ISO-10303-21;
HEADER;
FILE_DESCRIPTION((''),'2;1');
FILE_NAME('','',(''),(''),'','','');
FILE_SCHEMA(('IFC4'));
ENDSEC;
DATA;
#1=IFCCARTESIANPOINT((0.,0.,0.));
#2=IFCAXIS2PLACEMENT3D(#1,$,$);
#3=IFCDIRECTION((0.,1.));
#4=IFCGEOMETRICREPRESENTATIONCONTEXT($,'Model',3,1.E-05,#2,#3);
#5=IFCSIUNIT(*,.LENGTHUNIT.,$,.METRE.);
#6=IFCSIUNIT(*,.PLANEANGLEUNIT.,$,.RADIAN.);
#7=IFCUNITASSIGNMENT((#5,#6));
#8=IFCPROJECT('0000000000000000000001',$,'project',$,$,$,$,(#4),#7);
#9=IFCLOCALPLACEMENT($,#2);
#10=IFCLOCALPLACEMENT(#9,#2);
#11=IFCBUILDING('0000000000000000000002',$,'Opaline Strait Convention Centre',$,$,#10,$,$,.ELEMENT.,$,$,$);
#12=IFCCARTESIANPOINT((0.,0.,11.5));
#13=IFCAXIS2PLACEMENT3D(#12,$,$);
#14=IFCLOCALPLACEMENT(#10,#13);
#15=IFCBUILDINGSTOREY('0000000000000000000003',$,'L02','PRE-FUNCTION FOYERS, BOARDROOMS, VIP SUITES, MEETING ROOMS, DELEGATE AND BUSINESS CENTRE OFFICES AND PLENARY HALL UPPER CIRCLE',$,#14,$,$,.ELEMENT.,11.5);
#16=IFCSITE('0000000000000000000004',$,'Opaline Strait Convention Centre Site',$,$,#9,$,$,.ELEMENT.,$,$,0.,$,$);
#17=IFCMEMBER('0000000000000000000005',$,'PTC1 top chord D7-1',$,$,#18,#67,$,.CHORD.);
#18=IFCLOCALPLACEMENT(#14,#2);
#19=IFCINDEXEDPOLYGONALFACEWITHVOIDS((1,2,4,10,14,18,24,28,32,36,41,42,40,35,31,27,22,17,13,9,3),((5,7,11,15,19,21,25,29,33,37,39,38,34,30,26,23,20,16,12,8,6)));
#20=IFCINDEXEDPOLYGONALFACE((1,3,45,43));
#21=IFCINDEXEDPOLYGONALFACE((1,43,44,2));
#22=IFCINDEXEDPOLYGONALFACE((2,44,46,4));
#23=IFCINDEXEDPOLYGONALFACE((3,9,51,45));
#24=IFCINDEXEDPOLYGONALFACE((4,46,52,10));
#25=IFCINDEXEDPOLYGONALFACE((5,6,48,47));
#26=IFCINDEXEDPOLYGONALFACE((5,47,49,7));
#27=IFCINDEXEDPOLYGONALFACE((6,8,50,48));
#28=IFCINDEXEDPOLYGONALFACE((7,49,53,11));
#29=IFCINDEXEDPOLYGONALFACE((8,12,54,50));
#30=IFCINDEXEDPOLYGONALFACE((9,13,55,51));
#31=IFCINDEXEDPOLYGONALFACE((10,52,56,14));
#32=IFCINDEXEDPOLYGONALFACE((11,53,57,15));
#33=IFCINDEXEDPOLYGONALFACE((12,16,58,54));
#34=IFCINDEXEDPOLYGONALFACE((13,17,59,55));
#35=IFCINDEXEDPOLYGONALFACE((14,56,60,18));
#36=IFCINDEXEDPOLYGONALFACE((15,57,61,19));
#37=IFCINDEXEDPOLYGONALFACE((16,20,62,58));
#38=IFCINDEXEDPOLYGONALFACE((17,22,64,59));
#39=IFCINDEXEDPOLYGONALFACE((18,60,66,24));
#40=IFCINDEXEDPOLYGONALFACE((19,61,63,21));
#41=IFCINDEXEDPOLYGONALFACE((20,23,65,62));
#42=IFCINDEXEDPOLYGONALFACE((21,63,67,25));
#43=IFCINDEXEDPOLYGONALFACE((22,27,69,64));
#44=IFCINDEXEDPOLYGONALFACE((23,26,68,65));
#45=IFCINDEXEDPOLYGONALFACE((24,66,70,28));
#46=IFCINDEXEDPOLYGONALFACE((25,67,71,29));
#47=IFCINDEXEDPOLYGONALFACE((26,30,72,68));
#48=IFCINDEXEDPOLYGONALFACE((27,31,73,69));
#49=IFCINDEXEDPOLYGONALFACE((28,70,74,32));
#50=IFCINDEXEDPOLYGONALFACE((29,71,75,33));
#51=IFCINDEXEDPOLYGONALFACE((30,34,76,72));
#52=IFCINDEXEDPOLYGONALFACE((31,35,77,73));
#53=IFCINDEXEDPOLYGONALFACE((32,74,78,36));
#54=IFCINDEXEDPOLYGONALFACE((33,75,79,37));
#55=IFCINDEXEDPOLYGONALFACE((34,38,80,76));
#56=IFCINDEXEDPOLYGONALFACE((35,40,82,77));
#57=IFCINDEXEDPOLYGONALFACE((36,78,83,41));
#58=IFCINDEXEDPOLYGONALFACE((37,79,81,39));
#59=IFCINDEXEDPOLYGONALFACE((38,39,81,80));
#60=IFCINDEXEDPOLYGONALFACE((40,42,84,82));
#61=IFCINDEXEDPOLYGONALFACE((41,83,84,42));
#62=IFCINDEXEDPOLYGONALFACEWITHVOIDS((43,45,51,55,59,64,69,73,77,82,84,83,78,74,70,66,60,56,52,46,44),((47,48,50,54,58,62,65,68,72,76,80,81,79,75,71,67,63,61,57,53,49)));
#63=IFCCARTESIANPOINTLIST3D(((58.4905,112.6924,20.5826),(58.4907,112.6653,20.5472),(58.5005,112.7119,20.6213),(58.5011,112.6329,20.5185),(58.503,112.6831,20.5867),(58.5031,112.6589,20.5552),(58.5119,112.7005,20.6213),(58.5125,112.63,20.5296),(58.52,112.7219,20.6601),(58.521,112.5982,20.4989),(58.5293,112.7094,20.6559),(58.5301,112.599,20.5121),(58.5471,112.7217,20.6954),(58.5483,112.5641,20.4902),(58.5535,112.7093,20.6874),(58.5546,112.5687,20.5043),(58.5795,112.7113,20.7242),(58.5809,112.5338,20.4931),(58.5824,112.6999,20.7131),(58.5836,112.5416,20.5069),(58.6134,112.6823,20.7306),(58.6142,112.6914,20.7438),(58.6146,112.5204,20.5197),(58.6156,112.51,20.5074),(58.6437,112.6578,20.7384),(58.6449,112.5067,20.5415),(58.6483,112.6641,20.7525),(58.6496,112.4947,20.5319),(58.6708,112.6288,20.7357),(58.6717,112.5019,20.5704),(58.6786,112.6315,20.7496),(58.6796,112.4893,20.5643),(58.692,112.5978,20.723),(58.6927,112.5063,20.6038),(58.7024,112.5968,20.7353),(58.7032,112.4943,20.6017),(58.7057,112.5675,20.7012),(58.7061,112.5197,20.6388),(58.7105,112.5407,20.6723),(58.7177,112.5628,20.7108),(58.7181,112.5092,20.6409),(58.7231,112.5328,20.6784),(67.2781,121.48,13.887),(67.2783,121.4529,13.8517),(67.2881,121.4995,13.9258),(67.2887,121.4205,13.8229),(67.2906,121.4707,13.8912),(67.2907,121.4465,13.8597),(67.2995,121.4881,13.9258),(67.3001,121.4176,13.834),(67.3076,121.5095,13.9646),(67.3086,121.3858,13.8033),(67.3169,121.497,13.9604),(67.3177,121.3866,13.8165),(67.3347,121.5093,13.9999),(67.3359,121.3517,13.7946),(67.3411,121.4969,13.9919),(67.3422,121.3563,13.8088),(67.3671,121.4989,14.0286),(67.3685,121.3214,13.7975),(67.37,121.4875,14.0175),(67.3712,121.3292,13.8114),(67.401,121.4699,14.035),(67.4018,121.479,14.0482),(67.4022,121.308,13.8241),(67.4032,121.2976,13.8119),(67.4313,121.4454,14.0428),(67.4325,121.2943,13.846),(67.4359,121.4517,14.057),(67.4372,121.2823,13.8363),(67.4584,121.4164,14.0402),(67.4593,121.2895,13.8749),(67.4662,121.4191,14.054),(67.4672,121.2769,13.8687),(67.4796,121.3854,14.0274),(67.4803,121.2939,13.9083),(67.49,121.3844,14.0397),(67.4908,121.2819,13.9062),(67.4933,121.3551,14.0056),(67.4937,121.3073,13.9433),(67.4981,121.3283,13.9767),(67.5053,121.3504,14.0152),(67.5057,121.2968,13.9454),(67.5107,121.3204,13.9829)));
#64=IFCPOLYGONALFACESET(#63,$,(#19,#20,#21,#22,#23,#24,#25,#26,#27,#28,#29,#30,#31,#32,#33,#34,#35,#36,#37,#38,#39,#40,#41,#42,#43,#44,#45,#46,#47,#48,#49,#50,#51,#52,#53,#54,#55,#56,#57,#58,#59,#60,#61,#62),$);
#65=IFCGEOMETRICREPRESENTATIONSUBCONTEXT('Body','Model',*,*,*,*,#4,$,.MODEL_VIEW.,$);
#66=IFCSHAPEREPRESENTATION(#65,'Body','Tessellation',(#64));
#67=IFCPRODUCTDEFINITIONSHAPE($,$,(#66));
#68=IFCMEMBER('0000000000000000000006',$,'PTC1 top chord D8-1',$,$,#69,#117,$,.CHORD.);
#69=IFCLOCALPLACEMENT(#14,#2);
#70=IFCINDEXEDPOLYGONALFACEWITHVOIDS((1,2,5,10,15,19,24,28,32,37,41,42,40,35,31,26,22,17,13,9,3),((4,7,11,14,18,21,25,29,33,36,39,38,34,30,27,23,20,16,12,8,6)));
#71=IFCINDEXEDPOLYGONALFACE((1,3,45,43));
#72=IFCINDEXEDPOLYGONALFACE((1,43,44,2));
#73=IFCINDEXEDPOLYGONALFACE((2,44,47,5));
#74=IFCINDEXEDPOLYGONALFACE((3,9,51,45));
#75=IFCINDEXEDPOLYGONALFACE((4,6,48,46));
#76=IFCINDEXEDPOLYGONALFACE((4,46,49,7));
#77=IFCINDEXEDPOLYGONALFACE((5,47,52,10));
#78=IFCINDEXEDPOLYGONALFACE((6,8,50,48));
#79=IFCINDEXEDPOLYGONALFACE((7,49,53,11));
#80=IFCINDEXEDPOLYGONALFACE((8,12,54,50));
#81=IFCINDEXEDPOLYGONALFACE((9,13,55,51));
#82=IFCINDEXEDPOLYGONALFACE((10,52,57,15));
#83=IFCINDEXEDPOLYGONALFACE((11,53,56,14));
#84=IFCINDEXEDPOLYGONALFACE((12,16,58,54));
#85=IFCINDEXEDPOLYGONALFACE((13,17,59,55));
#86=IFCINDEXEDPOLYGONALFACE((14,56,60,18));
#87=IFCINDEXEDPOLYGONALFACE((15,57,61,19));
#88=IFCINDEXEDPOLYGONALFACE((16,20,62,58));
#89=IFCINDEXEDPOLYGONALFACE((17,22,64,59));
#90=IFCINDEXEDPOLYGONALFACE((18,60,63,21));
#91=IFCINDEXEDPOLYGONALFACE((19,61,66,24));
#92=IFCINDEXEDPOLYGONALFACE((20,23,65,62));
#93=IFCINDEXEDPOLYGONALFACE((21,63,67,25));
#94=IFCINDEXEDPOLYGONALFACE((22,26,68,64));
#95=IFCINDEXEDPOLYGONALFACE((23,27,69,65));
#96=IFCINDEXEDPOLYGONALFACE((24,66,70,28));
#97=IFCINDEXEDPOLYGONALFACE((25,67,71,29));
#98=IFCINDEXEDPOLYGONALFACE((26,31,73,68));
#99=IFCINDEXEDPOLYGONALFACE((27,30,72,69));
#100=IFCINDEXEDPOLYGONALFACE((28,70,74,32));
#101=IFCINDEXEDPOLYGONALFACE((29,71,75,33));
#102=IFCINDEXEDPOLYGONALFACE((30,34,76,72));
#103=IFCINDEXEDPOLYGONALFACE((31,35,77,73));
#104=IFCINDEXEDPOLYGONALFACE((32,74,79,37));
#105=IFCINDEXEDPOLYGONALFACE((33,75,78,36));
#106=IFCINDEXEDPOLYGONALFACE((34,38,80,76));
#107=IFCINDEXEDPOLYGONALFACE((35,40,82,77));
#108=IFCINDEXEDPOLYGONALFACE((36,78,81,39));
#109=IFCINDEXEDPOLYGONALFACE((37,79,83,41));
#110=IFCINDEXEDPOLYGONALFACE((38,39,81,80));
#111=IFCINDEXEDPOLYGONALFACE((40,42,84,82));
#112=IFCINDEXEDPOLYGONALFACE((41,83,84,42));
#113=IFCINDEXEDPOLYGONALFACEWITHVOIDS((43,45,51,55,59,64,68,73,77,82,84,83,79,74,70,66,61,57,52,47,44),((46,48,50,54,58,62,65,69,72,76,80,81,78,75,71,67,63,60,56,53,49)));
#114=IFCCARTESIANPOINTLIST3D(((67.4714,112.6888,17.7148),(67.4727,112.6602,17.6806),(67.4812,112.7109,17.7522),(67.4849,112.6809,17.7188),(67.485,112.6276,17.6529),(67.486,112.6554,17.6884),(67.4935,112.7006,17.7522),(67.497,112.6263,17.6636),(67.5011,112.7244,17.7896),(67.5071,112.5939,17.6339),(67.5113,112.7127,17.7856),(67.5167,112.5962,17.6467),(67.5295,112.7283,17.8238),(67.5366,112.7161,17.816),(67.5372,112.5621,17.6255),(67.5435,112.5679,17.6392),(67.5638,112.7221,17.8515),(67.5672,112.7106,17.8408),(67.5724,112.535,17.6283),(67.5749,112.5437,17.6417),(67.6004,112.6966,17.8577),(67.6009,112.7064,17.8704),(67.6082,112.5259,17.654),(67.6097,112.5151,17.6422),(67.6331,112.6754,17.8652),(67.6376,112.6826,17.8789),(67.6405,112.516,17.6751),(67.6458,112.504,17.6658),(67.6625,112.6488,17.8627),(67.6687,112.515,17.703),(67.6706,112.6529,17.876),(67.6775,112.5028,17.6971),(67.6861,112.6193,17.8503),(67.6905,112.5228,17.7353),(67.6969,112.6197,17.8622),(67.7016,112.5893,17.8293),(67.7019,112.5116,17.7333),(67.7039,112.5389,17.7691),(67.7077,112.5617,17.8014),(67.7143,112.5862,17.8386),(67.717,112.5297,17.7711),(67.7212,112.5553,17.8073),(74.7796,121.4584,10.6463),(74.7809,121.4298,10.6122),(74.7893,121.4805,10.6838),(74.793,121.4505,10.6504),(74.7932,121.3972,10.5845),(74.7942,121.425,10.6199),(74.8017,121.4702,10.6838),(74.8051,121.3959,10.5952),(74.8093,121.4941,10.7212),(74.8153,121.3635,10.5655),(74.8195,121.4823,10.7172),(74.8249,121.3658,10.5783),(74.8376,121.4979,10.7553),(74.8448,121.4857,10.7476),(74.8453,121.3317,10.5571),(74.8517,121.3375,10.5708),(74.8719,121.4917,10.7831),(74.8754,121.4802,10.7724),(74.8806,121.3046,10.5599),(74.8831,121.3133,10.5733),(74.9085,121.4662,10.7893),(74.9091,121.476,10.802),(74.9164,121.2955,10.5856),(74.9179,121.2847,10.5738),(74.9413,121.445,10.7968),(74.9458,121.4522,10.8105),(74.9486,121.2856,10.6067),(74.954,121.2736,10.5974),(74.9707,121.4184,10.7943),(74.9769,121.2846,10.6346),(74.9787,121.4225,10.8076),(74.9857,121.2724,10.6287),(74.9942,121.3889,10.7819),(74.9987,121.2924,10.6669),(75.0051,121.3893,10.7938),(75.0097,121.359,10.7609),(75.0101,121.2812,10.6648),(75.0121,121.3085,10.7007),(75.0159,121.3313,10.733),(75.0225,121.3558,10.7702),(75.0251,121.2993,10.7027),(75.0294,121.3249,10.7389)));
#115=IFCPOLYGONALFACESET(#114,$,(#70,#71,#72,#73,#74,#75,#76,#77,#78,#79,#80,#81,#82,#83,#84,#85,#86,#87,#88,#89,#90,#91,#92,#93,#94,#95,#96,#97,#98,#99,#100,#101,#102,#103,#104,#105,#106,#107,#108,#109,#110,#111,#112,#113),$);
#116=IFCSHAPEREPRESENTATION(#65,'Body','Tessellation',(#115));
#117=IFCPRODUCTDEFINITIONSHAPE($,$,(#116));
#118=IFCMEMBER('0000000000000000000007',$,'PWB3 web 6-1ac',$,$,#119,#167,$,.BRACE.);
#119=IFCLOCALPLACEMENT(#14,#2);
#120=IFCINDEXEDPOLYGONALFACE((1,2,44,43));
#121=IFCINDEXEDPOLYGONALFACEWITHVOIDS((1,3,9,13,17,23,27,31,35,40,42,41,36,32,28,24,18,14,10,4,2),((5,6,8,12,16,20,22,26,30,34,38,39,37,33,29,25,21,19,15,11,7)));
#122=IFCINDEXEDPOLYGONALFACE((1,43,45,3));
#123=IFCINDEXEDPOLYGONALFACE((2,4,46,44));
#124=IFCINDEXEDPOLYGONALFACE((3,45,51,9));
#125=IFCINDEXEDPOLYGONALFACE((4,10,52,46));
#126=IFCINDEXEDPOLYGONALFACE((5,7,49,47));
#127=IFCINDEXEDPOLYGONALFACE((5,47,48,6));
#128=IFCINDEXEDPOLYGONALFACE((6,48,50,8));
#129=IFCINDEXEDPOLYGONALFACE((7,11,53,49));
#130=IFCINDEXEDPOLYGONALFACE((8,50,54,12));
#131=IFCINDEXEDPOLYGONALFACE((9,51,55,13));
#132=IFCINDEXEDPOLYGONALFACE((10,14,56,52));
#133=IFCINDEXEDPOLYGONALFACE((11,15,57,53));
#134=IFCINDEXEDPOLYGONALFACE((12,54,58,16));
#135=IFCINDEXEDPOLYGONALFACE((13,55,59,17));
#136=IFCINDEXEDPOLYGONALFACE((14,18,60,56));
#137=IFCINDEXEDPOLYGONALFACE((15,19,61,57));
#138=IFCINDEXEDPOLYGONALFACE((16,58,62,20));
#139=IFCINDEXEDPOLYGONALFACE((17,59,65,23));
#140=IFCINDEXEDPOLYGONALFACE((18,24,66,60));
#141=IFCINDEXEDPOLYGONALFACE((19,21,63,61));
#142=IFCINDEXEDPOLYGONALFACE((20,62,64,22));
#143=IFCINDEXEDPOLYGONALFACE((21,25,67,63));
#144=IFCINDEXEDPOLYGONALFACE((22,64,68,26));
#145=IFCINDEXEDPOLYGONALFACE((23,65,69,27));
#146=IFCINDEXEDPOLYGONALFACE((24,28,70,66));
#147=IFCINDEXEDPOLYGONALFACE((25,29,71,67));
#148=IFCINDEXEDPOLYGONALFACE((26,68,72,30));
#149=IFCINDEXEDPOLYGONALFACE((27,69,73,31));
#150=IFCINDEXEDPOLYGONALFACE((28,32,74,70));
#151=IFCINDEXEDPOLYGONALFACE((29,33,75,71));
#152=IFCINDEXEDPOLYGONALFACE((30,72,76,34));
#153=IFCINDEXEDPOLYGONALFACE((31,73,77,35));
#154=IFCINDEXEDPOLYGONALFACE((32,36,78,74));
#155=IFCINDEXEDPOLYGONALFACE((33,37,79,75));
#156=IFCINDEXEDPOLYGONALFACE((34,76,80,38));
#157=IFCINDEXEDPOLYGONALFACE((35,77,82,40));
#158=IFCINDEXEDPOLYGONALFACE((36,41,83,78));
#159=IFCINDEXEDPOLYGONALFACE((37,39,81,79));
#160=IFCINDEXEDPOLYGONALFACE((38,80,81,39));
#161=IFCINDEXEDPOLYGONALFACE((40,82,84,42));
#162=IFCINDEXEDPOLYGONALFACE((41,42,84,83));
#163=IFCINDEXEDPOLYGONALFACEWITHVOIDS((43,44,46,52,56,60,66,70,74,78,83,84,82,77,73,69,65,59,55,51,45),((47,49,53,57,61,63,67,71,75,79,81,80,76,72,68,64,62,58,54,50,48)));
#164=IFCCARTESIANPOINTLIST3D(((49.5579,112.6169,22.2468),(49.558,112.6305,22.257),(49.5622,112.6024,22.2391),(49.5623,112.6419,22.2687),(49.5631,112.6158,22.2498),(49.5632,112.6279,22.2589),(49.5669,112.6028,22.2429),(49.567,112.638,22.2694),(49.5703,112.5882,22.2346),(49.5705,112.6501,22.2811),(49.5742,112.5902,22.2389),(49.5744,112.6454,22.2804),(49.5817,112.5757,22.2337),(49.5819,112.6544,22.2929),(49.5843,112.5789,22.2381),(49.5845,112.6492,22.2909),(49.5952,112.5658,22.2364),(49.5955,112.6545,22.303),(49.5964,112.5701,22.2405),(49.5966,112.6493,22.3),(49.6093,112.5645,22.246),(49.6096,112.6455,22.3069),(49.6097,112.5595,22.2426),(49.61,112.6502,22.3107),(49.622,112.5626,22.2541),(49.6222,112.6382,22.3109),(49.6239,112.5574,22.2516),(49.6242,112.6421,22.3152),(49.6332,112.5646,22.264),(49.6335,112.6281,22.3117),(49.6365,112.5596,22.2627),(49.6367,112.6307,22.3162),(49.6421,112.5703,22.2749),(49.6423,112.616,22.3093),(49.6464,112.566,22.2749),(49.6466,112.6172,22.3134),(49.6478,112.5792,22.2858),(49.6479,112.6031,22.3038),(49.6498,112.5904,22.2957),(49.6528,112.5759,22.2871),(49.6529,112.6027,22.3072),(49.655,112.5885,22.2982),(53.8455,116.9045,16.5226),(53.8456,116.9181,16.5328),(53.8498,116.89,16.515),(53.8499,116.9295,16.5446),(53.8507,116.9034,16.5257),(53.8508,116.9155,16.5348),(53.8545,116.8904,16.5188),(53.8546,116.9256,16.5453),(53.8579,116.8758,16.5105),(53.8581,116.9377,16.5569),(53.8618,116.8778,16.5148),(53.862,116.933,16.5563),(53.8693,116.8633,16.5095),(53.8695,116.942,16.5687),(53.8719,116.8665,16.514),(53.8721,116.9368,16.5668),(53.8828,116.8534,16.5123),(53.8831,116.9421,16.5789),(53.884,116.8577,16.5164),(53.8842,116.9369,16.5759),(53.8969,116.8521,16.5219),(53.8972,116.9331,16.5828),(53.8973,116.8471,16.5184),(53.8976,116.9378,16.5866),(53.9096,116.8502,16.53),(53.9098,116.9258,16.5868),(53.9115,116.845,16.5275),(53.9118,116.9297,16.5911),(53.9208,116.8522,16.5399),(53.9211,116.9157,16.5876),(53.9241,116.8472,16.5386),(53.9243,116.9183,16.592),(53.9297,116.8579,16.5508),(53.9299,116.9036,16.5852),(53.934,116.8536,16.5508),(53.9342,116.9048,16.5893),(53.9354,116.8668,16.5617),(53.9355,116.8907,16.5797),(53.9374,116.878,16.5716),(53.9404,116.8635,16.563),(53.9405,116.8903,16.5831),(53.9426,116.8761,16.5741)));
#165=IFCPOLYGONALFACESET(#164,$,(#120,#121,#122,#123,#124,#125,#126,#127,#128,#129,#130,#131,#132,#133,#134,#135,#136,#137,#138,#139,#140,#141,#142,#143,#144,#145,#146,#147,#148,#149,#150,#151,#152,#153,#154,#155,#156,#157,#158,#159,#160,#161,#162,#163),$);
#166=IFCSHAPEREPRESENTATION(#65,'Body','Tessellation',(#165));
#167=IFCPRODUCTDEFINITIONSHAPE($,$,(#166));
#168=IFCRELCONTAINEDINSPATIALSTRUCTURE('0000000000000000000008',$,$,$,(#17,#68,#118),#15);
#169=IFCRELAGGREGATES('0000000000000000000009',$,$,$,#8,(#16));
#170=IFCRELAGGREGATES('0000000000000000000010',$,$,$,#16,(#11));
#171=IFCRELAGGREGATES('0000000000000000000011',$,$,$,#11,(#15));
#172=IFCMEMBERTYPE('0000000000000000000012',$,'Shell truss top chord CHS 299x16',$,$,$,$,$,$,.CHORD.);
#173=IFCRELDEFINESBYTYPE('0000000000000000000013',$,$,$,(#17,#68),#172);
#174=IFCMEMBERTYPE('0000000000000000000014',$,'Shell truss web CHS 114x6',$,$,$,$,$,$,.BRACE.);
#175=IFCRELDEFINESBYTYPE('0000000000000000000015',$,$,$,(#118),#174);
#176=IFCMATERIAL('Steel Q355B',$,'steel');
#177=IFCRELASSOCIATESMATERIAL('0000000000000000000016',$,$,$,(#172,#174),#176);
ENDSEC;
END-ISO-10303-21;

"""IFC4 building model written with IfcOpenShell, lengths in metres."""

from ifc_helpers import new_model, si_unit, direction, frame, origin, origin_2d, place, context, subcontext, project, spatial, hollow_circle, extrude, material, material_profile, profile_set, type_object, element, save


model = new_model("IFC4")

# Units and contexts
model_context = context("Model", 3, precision=1e-05, world=origin(), true_north=direction((0.0, 1.0)))
body_context = subcontext(model_context, "Body", "Model", "MODEL_VIEW")
ifc_project = project(units=[si_unit("LENGTHUNIT", "METRE"), si_unit("PLANEANGLEUNIT", "RADIAN")], contexts=[model_context])

# Site, building, storey
site_placement = place(None, origin())
site = spatial("IfcSite", under=ifc_project, at=site_placement, Name="Opaline Strait Convention Centre Site", CompositionType="ELEMENT", RefElevation=0.0)
building_placement = place(site_placement, origin())
building = spatial("IfcBuilding", under=site, at=building_placement, Name="Opaline Strait Convention Centre", CompositionType="ELEMENT")
storey_placement = place(building_placement, frame((0.0, 0.0, 11.5)))
storey = spatial("IfcBuildingStorey", under=building, at=storey_placement, Name="L02", Description="PRE-FUNCTION FOYERS, BOARDROOMS, VIP SUITES, MEETING ROOMS, DELEGATE AND BUSINESS CENTRE OFFICES AND PLENARY HALL UPPER CIRCLE", CompositionType="ELEMENT", Elevation=11.5)

# Members
ifc_material_1 = material(Name="Steel Q355B", Category="steel")
ifc_material_profile_1 = material_profile(ifc_material_1, hollow_circle(Radius=0.1494, WallThickness=0.0161, at=origin_2d()), Name="CHS 299x16")
ifc_profile_set_1 = profile_set([ifc_material_profile_1], Name="Steel Q355B")
member_type_1 = type_object("IfcMemberType", Name="Shell truss top chord CHS 299x16", PredefinedType="CHORD", material=ifc_profile_set_1)
member_1_placement = place(storey_placement, frame((58.6062, 112.6062, 20.6213), z_axis=(0.622508, 0.622508, -0.474309), x_axis=(-0.707107, 0.707107, 0.0)))
element("IfcMember", 1, at=member_1_placement, inside=storey, type_object=member_type_1, Name="PTC1 top chord D7-1", PredefinedType="CHORD", context=body_context, shape_type="SweptSolid", body=[
    extrude(hollow_circle(Radius=0.1494, WallThickness=0.0161, at=origin_2d()), origin(), (0.0, 0.0, 1.0), 14.1165),
])
member_2_placement = place(storey_placement, frame((67.5959, 112.6152, 17.7522), z_axis=(0.544299, 0.653144, -0.526443), x_axis=(-0.768214, 0.640193, 0.0)))
element("IfcMember", 2, at=member_2_placement, inside=storey, type_object=member_type_1, Name="PTC1 top chord D8-1", PredefinedType="CHORD", context=body_context, shape_type="SweptSolid", body=[
    extrude(hollow_circle(Radius=0.1494, WallThickness=0.0161, at=origin_2d()), origin(), (0.0, 0.0, 1.0), 13.4268),
])
ifc_material_profile_2 = material_profile(ifc_material_1, hollow_circle(Radius=0.0569, WallThickness=0.0061, at=origin_2d()), Name="CHS 114x6")
ifc_profile_set_2 = profile_set([ifc_material_profile_2], Name="Steel Q355B")
member_type_2 = type_object("IfcMemberType", Name="Shell truss web CHS 114x6", PredefinedType="BRACE", material=ifc_profile_set_2)
member_3_placement = place(storey_placement, frame((53.8938, 116.8938, 16.5508), z_axis=(-0.514186, -0.514186, 0.686459), x_axis=(0.707107, -0.707107, 0.0)))
element("IfcMember", 3, at=member_3_placement, inside=storey, type_object=member_type_2, Name="PWB3 web 6-1ac", PredefinedType="BRACE", context=body_context, shape_type="SweptSolid", body=[
    extrude(hollow_circle(Radius=0.0569, WallThickness=0.0061, at=origin_2d()), origin(), (0.0, 0.0, 1.0), 8.3386),
])

save(model, "model.ifc")
